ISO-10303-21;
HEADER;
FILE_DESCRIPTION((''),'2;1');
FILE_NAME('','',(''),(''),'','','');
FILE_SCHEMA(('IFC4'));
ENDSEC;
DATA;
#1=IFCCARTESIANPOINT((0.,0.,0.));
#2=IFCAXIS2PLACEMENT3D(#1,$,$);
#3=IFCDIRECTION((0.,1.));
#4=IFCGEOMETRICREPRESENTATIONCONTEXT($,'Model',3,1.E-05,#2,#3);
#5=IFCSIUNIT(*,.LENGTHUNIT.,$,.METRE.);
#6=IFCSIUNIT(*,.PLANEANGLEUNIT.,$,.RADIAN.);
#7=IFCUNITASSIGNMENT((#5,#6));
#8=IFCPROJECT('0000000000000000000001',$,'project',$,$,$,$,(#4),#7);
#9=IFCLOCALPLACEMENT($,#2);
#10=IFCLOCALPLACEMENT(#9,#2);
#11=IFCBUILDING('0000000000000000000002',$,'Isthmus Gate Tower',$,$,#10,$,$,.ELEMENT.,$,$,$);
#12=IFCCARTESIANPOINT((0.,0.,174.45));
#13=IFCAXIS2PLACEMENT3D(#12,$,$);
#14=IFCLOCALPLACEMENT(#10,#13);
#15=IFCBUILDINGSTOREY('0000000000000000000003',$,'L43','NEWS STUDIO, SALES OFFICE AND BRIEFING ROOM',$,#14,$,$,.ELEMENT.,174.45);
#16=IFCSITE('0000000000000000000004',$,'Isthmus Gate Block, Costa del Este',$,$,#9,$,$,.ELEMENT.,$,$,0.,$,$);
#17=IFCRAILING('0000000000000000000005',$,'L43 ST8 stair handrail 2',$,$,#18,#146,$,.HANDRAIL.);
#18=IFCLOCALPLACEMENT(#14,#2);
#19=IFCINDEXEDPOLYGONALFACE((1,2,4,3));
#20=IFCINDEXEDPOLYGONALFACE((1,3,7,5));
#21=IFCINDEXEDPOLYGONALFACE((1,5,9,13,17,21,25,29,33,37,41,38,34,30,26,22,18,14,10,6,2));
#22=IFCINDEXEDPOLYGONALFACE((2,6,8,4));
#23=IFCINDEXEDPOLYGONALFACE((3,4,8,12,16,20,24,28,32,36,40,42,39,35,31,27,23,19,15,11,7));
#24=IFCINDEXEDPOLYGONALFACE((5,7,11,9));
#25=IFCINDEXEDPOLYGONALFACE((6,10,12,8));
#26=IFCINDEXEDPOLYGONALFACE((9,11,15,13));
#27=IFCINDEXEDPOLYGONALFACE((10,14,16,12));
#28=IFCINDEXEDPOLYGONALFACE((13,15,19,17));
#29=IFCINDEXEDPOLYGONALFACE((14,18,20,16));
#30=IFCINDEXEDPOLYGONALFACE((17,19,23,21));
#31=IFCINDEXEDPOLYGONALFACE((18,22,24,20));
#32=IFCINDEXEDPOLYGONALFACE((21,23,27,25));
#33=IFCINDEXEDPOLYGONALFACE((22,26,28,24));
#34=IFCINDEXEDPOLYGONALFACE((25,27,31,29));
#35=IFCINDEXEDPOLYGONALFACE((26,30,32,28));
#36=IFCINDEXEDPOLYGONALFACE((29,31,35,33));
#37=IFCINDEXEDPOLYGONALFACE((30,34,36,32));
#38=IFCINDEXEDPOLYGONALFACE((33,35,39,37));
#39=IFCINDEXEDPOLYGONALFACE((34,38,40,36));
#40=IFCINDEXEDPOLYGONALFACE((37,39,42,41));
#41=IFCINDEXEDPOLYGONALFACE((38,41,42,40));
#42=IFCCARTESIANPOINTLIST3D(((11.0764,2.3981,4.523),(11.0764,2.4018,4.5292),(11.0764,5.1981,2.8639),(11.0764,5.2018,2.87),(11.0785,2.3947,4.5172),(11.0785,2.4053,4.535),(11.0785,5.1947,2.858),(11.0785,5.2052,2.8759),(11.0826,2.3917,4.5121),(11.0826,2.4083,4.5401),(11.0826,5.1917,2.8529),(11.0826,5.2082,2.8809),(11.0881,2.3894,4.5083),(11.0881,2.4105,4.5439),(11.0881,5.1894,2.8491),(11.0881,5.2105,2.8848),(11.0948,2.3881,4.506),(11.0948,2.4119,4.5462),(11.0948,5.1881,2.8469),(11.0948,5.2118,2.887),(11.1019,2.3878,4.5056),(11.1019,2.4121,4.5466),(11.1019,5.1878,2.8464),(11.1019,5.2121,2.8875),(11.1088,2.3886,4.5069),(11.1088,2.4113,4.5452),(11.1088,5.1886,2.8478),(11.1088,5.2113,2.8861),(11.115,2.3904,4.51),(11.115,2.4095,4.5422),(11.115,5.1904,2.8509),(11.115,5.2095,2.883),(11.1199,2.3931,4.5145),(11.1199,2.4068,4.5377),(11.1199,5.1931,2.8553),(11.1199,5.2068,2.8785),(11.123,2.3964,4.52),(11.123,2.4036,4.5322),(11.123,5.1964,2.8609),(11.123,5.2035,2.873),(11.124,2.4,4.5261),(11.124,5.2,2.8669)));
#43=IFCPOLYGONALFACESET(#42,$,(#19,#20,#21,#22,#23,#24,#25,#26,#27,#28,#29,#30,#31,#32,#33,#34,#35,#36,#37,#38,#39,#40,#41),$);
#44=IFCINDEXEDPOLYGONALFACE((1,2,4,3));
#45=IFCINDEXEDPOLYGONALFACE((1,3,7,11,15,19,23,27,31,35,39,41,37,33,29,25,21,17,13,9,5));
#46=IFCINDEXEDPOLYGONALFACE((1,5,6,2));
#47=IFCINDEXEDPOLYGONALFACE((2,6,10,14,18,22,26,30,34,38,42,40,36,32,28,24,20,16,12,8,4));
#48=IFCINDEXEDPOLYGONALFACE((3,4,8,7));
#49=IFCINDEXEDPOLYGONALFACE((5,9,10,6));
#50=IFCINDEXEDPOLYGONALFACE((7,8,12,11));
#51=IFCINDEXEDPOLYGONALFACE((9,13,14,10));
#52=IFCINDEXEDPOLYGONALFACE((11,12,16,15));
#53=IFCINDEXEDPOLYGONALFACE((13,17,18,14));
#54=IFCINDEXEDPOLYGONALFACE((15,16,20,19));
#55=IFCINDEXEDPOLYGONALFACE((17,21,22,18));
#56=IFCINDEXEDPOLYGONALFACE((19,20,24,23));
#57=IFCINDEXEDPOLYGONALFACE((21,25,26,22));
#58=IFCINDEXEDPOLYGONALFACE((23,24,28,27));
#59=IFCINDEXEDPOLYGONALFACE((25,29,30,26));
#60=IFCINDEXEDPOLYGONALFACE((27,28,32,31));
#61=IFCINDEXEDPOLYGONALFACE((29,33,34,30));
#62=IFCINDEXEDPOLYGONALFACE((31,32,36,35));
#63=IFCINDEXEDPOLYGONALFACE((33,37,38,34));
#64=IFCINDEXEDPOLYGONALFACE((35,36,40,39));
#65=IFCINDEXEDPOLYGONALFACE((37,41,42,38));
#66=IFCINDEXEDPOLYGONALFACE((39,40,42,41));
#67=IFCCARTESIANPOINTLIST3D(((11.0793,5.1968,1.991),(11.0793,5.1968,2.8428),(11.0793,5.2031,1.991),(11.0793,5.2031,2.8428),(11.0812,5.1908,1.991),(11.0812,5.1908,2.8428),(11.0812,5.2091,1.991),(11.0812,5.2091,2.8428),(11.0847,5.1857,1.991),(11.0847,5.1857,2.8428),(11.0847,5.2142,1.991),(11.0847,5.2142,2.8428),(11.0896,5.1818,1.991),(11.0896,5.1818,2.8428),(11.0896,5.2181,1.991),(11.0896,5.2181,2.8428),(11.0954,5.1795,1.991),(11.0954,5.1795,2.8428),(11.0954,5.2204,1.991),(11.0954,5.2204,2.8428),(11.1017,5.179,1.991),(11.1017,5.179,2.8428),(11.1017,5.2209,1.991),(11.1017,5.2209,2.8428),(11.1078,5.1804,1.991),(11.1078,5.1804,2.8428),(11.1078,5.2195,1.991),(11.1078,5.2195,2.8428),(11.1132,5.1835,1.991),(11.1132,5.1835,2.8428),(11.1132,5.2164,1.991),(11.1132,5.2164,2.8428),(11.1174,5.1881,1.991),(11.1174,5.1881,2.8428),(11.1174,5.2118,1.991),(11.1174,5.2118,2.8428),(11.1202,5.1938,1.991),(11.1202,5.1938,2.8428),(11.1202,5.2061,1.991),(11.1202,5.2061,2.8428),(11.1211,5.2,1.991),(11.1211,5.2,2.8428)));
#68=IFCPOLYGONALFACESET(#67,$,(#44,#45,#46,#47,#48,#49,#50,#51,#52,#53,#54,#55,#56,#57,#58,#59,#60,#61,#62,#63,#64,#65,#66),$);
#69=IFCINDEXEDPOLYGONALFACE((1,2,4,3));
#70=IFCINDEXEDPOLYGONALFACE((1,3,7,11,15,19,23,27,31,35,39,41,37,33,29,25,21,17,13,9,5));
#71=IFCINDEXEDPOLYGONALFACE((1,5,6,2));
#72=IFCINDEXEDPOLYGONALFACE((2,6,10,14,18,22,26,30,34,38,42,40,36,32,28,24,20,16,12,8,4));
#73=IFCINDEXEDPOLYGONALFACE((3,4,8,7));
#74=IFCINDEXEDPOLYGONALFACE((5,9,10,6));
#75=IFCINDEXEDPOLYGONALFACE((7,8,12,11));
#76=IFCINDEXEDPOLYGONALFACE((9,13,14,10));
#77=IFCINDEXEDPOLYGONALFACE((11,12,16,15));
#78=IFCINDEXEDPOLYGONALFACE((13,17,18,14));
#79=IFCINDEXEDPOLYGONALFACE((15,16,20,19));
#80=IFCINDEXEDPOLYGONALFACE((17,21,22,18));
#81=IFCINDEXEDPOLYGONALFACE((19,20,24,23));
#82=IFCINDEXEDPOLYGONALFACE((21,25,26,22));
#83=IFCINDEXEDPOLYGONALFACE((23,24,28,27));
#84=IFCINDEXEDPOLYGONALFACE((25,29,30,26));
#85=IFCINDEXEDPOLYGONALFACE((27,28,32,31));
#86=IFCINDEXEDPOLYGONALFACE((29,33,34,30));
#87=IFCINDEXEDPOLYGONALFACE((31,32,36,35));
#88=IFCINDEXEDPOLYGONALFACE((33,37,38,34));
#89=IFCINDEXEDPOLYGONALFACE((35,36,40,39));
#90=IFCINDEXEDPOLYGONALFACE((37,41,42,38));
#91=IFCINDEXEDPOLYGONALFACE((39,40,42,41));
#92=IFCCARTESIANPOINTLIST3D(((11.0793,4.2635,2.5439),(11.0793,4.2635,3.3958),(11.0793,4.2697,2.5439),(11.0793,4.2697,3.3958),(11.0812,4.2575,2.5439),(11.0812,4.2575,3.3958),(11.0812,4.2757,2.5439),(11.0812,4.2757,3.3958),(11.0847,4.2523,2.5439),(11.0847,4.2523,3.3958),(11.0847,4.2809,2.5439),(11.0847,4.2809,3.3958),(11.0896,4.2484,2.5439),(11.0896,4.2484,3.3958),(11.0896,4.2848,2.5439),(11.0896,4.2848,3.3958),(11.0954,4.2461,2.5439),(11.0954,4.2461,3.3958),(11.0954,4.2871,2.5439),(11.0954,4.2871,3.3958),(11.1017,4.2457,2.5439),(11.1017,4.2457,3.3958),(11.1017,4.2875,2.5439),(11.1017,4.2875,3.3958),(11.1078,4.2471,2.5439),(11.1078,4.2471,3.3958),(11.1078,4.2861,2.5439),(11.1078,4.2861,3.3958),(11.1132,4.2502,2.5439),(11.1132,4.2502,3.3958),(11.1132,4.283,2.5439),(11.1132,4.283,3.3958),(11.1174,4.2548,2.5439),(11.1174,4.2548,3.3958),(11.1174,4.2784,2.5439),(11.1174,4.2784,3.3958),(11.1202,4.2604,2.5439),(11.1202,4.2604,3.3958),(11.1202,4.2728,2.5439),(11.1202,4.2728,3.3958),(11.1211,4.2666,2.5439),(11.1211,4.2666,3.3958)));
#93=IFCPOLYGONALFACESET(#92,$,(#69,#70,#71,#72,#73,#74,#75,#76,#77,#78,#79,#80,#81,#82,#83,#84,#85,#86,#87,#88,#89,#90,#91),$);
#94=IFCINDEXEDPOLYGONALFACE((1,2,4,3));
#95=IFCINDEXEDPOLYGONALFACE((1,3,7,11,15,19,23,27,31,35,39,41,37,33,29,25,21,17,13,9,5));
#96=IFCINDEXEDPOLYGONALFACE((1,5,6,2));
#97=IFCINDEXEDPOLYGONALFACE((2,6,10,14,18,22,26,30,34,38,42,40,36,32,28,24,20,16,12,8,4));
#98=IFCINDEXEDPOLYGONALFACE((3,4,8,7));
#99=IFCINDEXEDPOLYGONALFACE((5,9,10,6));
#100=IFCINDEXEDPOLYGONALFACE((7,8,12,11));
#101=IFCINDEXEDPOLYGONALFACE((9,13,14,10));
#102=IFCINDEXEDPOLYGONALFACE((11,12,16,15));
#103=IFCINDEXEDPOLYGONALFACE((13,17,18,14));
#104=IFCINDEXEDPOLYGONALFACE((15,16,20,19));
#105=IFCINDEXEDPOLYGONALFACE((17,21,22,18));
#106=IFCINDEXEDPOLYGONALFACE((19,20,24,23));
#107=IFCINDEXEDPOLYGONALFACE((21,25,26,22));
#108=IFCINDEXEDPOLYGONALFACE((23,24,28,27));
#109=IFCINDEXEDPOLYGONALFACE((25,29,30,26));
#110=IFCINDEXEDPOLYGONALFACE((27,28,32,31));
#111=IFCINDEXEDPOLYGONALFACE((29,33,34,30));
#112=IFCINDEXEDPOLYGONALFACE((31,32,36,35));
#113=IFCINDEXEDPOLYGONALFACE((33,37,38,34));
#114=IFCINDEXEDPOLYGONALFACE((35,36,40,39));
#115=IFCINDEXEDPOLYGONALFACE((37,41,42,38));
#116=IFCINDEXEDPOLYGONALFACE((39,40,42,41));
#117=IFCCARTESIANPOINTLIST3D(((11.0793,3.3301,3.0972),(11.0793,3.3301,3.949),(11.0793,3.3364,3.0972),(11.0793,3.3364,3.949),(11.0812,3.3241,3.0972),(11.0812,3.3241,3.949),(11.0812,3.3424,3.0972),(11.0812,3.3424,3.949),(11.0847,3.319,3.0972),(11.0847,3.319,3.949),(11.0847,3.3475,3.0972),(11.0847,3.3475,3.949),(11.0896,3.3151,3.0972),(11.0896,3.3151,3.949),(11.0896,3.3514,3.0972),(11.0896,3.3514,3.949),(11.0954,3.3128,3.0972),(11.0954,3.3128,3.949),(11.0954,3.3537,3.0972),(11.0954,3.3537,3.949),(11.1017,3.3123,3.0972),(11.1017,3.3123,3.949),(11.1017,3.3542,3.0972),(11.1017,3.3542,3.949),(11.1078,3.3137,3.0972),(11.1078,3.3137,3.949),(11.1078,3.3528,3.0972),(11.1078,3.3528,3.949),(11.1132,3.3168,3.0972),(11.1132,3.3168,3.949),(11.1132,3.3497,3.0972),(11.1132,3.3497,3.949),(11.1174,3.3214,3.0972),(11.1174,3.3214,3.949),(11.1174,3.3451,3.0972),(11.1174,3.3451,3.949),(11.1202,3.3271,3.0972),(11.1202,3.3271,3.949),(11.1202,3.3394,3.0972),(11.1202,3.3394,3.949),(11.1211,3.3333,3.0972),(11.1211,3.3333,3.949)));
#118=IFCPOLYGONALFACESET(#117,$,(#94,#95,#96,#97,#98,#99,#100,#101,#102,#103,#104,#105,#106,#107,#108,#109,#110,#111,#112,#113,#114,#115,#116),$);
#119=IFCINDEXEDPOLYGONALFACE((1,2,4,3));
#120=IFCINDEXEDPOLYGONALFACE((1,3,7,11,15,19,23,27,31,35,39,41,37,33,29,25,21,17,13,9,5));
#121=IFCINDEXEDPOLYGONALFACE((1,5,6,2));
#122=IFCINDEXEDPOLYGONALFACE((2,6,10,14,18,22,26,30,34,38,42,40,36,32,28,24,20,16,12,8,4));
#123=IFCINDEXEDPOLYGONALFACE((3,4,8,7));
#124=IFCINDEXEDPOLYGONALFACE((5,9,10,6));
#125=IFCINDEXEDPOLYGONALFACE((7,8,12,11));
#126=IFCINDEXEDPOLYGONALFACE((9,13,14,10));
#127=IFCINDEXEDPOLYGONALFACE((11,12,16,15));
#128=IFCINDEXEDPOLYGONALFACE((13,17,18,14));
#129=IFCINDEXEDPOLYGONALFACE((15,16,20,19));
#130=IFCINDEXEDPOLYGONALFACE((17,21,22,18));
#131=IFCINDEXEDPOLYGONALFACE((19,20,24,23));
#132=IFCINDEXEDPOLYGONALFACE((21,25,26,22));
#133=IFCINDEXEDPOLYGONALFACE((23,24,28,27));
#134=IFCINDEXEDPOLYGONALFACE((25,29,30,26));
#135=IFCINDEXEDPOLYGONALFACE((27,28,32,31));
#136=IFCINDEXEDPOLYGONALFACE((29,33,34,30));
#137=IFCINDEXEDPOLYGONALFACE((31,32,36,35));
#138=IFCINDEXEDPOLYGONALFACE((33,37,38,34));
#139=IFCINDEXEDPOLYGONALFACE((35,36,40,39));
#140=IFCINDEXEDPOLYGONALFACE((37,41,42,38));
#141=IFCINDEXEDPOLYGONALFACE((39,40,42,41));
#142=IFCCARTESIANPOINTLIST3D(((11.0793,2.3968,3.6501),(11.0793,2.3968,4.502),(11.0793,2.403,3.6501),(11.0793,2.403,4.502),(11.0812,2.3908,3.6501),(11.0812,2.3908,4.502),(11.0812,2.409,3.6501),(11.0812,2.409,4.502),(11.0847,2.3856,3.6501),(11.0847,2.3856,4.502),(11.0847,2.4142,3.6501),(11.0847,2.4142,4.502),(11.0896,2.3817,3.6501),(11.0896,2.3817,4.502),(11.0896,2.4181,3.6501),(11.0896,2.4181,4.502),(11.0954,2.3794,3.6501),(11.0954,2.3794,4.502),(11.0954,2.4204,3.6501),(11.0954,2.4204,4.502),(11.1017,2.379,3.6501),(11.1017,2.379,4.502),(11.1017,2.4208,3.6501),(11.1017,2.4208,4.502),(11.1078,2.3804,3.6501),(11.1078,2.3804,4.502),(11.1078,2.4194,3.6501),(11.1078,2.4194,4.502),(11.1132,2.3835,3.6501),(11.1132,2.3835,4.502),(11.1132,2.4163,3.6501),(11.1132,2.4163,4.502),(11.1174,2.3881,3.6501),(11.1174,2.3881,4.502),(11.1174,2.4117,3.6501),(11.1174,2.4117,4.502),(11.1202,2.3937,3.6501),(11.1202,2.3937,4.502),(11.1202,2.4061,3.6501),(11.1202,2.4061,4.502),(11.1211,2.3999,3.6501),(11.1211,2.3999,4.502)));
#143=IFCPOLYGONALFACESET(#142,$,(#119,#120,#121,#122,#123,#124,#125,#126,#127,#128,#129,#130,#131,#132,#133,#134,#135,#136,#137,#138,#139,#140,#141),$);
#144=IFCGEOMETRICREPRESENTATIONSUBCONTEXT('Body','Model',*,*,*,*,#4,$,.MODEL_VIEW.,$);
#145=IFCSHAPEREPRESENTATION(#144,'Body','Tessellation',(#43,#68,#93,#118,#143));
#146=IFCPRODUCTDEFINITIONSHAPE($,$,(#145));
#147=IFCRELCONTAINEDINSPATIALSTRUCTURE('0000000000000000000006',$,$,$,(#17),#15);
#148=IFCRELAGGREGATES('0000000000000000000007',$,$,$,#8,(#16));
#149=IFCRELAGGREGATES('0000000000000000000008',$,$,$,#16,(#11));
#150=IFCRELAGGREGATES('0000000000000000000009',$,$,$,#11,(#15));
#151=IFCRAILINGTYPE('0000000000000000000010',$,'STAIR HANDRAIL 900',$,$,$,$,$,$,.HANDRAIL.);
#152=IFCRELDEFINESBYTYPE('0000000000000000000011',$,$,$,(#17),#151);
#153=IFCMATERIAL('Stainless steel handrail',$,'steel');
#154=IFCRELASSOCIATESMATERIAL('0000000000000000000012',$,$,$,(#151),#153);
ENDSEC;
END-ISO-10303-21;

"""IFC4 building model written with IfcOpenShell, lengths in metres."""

from ifc_helpers import new_model, si_unit, direction, frame, origin, origin_2d, place, context, subcontext, project, spatial, circle, extrude, material, type_object, element, save


model = new_model("IFC4")

# Units and contexts
model_context = context("Model", 3, precision=1e-05, world=origin(), true_north=direction((0.0, 1.0)))
body_context = subcontext(model_context, "Body", "Model", "MODEL_VIEW")
ifc_project = project(units=[si_unit("LENGTHUNIT", "METRE"), si_unit("PLANEANGLEUNIT", "RADIAN")], contexts=[model_context])

# Site, building, storey
site_placement = place(None, origin())
site = spatial("IfcSite", under=ifc_project, at=site_placement, Name="Isthmus Gate Block, Costa del Este", CompositionType="ELEMENT", RefElevation=0.0)
building_placement = place(site_placement, origin())
building = spatial("IfcBuilding", under=site, at=building_placement, Name="Isthmus Gate Tower", CompositionType="ELEMENT")
storey_placement = place(building_placement, frame((0.0, 0.0, 174.45)))
storey = spatial("IfcBuildingStorey", under=building, at=storey_placement, Name="L43", Description="NEWS STUDIO, SALES OFFICE AND BRIEFING ROOM", CompositionType="ELEMENT", Elevation=174.45)

# Railing
ifc_material_1 = material(Name="Stainless steel handrail", Category="steel")
railing_type_1 = type_object("IfcRailingType", Name="STAIR HANDRAIL 900", PredefinedType="HANDRAIL", material=ifc_material_1)
railing_1_placement = place(storey_placement, frame((11.1001, 5.2, 1.991)))
element("IfcRailing", 1, at=railing_1_placement, inside=storey, type_object=railing_type_1, Name="L43 ST8 stair handrail 2", PredefinedType="HANDRAIL", context=body_context, shape_type="SweptSolid", body=[
    extrude(circle(Radius=0.0239, at=origin_2d()), frame((0.0, 0.0, 0.876), z_axis=(0.0, -0.860306, 0.509778), x_axis=(1.0, 0.0, 0.0)), (0.0, 0.0, 1.0), 3.2546),
    extrude(circle(Radius=0.021, at=origin_2d()), origin(), (0.0, 0.0, 1.0), 0.8518),
    extrude(circle(Radius=0.021, at=origin_2d()), frame((0.0, -0.9333, 0.553)), (0.0, 0.0, 1.0), 0.8518),
    extrude(circle(Radius=0.021, at=origin_2d()), frame((0.0, -1.8667, 1.1062)), (0.0, 0.0, 1.0), 0.8518),
    extrude(circle(Radius=0.021, at=origin_2d()), frame((0.0, -2.8, 1.6592)), (0.0, 0.0, 1.0), 0.8518),
])

save(model, "model.ifc")
